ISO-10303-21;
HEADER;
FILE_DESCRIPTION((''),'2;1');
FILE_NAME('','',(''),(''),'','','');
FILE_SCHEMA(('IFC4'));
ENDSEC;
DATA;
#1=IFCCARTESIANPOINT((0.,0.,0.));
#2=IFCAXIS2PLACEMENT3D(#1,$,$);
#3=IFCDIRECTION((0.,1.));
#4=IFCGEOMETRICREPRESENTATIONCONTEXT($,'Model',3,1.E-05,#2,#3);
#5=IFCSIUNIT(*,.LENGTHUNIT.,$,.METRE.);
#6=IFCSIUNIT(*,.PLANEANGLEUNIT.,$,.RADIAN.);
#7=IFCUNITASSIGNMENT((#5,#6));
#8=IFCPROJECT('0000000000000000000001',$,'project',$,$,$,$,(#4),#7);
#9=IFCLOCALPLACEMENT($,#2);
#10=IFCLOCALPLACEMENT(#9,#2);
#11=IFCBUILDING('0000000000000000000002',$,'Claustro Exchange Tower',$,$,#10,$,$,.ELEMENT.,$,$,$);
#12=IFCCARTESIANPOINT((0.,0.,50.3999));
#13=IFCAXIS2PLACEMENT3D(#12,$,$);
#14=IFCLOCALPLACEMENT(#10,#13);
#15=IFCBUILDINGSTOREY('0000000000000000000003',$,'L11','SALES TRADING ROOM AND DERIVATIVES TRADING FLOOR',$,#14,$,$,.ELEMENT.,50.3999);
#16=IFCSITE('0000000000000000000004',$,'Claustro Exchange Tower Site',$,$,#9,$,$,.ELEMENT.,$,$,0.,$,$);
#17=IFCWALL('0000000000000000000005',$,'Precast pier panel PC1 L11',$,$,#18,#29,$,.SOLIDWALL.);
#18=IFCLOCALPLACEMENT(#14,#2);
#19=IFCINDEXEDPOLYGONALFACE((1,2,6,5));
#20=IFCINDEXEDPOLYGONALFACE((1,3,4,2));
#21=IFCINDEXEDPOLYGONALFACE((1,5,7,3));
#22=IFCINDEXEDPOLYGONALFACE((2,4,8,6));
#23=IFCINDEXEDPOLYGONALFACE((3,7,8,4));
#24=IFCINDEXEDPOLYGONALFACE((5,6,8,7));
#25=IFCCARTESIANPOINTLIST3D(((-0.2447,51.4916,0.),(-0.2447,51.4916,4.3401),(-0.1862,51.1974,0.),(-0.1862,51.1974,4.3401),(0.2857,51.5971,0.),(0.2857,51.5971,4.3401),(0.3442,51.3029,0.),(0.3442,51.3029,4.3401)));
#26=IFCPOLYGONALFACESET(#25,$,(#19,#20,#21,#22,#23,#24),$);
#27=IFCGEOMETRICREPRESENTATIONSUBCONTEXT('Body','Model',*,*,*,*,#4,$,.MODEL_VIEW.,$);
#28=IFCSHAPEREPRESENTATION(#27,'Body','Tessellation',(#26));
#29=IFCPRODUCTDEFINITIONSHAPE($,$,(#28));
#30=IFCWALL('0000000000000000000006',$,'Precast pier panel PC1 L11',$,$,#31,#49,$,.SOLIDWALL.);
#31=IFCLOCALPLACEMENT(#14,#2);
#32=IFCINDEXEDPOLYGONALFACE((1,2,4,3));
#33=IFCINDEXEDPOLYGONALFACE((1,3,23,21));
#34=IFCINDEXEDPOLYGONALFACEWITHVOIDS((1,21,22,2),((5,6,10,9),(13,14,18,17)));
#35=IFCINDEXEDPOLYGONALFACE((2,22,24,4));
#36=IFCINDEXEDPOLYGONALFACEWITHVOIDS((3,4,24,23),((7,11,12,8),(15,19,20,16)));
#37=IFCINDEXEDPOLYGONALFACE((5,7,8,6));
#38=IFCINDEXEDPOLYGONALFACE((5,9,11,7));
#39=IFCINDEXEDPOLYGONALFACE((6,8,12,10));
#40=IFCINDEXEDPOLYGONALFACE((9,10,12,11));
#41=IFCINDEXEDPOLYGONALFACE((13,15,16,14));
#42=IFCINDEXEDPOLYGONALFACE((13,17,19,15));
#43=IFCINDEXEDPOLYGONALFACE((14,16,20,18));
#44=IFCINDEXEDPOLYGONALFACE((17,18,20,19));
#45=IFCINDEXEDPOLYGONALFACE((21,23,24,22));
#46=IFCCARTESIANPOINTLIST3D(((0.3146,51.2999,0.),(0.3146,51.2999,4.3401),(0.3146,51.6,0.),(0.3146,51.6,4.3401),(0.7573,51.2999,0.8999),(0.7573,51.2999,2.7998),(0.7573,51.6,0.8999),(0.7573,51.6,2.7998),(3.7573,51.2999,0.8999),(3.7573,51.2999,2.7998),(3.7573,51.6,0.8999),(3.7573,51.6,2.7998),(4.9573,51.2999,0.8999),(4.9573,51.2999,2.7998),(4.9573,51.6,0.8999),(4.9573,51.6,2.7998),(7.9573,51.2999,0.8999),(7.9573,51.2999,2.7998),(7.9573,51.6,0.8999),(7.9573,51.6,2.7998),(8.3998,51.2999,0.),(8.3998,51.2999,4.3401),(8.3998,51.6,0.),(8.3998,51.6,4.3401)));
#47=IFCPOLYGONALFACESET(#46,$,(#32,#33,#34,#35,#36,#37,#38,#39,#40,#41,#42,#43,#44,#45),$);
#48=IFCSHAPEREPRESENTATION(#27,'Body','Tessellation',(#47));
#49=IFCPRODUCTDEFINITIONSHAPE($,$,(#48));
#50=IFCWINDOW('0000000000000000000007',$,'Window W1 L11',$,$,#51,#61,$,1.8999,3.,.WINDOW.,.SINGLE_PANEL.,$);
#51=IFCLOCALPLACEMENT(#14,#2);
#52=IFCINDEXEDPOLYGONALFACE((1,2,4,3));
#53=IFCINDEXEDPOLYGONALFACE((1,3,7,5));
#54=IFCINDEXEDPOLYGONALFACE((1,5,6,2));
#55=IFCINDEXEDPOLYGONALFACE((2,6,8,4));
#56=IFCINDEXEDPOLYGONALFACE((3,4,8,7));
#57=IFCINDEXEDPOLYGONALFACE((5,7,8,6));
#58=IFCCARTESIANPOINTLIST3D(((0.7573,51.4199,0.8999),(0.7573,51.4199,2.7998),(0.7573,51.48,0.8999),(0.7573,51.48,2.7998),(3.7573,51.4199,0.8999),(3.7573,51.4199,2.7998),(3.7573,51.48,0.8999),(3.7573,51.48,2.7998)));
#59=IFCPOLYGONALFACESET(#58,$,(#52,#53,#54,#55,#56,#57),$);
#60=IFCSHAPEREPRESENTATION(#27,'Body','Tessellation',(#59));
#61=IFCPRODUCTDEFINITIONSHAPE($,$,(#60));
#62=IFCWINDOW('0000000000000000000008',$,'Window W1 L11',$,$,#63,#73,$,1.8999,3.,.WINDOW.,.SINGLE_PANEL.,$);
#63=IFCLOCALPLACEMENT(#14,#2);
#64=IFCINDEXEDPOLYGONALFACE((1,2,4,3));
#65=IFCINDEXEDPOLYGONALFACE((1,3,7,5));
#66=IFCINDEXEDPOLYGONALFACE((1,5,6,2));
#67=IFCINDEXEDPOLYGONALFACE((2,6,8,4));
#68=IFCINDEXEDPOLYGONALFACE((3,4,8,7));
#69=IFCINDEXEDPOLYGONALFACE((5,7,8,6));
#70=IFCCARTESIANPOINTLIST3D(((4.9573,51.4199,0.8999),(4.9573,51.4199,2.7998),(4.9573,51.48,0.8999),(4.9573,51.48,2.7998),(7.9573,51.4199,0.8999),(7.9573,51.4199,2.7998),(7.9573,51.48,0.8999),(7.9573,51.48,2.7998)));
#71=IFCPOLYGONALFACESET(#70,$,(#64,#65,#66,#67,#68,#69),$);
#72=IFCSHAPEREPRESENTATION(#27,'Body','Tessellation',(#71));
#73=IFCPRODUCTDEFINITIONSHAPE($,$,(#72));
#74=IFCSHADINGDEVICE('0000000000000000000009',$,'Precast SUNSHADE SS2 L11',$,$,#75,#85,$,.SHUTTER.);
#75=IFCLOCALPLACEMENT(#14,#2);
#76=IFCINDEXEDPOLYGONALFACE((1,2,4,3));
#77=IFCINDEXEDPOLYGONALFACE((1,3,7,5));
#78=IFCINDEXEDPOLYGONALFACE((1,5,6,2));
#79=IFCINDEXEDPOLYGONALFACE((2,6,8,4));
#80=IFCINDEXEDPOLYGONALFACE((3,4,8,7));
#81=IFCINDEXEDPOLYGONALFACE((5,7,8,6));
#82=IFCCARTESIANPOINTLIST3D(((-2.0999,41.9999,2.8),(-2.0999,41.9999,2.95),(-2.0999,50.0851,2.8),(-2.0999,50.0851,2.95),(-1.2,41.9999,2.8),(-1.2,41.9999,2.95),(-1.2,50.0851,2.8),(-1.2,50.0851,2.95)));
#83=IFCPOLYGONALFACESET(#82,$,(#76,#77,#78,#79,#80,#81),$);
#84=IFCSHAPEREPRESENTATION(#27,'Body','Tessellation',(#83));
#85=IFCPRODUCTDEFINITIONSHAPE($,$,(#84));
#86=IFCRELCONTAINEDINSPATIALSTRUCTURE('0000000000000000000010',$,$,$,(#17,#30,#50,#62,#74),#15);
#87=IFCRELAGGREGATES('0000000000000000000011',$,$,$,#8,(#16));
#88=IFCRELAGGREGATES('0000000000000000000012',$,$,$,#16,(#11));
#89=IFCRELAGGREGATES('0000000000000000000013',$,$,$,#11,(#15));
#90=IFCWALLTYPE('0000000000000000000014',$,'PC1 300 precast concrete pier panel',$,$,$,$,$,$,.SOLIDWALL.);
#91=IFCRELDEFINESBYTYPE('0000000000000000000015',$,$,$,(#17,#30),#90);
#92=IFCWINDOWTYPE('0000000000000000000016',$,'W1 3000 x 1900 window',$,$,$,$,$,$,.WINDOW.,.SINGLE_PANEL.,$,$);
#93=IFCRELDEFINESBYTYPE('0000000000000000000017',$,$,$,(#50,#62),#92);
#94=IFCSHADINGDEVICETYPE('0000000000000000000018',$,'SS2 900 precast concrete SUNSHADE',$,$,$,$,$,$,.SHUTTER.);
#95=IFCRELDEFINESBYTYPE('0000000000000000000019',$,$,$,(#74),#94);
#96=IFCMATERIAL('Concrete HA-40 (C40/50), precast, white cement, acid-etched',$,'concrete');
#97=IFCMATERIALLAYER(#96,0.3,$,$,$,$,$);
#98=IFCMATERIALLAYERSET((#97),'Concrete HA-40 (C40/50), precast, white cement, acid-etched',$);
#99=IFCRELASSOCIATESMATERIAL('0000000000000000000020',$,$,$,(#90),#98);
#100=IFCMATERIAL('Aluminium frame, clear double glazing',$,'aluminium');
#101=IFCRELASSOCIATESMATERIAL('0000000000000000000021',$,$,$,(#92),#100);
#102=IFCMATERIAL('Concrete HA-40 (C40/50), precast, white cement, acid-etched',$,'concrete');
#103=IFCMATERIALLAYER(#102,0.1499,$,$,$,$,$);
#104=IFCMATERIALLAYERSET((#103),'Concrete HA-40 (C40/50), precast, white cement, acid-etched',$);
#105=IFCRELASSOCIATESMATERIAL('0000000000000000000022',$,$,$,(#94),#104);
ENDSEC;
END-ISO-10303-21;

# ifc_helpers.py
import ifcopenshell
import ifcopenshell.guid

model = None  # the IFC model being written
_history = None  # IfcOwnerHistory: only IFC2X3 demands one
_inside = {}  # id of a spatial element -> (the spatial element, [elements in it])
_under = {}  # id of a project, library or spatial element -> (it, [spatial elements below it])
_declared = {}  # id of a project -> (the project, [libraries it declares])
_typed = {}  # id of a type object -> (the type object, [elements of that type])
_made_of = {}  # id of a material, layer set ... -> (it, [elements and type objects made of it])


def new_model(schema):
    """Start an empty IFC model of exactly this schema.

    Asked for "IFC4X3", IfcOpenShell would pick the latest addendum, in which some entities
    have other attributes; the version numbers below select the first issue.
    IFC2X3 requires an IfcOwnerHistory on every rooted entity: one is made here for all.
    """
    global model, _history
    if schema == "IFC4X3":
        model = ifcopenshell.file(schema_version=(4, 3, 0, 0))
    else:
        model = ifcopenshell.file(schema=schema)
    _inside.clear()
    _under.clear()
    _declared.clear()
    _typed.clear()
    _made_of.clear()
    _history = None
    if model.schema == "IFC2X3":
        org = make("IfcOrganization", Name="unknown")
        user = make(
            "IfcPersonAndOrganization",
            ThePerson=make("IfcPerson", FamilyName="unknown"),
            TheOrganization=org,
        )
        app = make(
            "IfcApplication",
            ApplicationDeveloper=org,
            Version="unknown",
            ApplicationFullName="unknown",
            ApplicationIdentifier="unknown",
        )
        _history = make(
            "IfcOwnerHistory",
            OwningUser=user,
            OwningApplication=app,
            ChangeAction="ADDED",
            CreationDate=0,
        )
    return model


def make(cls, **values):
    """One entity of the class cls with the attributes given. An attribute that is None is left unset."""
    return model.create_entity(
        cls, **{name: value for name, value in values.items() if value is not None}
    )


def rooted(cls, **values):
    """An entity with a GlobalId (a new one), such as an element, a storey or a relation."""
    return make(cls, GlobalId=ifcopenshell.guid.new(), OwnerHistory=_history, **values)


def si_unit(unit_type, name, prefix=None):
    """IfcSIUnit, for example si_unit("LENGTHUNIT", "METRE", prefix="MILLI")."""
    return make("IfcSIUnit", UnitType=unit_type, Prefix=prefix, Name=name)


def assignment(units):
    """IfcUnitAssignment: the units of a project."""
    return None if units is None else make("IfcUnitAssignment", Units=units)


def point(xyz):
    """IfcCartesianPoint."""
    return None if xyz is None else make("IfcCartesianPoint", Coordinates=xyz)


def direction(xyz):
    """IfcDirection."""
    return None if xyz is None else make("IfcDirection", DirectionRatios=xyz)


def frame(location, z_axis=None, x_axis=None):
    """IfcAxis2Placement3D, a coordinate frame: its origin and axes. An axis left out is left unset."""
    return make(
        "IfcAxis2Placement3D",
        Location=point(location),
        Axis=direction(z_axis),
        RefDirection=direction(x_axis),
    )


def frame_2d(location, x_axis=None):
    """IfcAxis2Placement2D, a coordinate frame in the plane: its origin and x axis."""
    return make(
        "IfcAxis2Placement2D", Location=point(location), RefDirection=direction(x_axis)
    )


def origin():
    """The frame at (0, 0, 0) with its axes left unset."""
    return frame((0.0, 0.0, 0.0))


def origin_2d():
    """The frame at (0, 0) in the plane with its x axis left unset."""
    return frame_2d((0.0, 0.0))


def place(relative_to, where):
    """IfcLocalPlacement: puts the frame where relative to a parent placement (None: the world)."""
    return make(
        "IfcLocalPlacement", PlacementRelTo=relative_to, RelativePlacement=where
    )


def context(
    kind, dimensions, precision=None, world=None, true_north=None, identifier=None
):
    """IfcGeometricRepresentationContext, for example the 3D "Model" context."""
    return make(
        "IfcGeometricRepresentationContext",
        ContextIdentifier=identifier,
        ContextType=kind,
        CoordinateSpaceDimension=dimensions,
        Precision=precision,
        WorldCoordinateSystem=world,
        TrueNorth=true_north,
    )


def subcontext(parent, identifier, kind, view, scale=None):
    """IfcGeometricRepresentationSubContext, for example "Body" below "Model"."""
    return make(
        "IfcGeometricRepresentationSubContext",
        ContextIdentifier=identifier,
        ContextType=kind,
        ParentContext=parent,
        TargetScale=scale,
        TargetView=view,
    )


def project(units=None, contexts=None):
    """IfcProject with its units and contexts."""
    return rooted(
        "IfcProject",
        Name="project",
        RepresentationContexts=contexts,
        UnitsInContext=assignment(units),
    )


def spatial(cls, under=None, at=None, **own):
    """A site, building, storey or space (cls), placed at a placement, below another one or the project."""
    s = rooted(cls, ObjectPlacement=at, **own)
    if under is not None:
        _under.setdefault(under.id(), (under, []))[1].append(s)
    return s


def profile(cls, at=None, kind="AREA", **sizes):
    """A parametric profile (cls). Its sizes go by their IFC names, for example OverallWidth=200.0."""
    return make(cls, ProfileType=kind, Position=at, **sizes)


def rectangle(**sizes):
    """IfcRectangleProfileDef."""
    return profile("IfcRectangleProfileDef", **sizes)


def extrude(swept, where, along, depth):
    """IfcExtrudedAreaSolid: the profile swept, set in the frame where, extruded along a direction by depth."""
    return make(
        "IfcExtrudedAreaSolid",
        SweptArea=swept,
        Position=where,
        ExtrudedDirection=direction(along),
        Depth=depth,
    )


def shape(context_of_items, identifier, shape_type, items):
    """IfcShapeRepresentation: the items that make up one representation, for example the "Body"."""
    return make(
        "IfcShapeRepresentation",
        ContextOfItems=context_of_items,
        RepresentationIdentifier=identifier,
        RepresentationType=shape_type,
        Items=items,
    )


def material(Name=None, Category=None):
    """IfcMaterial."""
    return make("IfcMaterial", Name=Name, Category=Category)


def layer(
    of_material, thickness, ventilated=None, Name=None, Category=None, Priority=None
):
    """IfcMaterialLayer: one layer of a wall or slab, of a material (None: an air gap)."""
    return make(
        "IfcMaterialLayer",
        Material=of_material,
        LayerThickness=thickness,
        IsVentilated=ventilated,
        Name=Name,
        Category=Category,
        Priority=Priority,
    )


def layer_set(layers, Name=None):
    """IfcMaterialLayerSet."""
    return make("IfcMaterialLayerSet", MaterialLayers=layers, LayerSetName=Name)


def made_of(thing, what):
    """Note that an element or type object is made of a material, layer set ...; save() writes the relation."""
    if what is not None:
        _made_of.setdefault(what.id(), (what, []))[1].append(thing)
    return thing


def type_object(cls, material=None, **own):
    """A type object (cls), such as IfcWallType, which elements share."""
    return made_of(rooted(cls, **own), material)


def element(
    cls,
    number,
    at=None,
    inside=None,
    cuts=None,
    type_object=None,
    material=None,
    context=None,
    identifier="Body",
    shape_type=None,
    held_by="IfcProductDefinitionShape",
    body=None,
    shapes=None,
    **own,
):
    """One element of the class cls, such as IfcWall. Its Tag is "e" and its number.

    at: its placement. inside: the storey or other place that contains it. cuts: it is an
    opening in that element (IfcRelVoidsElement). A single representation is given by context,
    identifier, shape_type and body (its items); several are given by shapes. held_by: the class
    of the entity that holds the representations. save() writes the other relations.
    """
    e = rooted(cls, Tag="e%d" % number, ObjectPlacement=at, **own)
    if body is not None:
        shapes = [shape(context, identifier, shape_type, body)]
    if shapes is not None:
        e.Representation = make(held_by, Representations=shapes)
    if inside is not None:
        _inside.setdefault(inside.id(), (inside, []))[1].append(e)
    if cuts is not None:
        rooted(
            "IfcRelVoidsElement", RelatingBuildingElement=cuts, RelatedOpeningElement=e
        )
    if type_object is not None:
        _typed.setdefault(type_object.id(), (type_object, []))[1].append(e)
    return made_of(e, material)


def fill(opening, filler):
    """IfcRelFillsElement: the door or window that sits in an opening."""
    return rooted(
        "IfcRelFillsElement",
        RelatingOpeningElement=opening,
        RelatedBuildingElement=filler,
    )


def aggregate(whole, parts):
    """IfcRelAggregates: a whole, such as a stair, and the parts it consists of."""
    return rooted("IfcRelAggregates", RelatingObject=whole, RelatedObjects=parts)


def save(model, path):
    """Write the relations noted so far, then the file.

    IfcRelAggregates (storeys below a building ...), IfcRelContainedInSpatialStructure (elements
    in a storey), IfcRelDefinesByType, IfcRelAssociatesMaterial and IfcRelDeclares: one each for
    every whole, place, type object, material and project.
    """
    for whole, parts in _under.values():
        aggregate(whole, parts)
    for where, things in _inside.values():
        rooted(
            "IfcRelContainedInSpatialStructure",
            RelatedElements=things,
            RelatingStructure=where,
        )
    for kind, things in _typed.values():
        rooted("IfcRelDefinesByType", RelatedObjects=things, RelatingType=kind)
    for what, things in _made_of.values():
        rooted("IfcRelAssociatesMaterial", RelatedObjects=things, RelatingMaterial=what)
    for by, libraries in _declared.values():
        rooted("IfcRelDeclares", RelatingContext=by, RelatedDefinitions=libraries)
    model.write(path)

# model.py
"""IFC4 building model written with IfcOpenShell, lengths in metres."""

from ifc_helpers import new_model, si_unit, direction, frame, frame_2d, origin, origin_2d, place, context, subcontext, project, spatial, rectangle, extrude, material, layer, layer_set, type_object, element, fill, save


model = new_model("IFC4")

# Units and contexts
model_context = context("Model", 3, precision=1e-05, world=origin(), true_north=direction((0.0, 1.0)))
body_context = subcontext(model_context, "Body", "Model", "MODEL_VIEW")
ifc_project = project(units=[si_unit("LENGTHUNIT", "METRE"), si_unit("PLANEANGLEUNIT", "RADIAN")], contexts=[model_context])

# Site, building, storey
site_placement = place(None, origin())
site = spatial("IfcSite", under=ifc_project, at=site_placement, Name="Claustro Exchange Tower Site", CompositionType="ELEMENT", RefElevation=0.0)
building_placement = place(site_placement, origin())
building = spatial("IfcBuilding", under=site, at=building_placement, Name="Claustro Exchange Tower", CompositionType="ELEMENT")
storey_placement = place(building_placement, frame((0.0, 0.0, 50.3999)))
storey = spatial("IfcBuildingStorey", under=building, at=storey_placement, Name="L11", Description="SALES TRADING ROOM AND DERIVATIVES TRADING FLOOR", CompositionType="ELEMENT", Elevation=50.3999)

# Wall
ifc_material_1 = material(Name="Concrete HA-40 (C40/50), precast, white cement, acid-etched", Category="concrete")
ifc_layer_1 = layer(ifc_material_1, 0.3)
ifc_layer_set_1 = layer_set([ifc_layer_1], Name="Concrete HA-40 (C40/50), precast, white cement, acid-etched")
wall_type_1 = type_object("IfcWallType", Name="PC1 300 precast concrete pier panel", PredefinedType="SOLIDWALL", material=ifc_layer_set_1)
wall_1_placement = place(storey_placement, frame((-0.2156, 51.3445, 0.0), z_axis=(0.0, 0.0, 1.0), x_axis=(0.980789, 0.195074, 0.0)))
element("IfcWall", 1, at=wall_1_placement, inside=storey, type_object=wall_type_1, Name="Precast pier panel PC1 L11", PredefinedType="SOLIDWALL", context=body_context, shape_type="SweptSolid", body=[
    extrude(rectangle(XDim=0.5408, YDim=0.3, at=frame_2d((0.2705, 0.0))), origin(), (0.0, 0.0, 1.0), 4.3401),
])

# Wall, openings, windows
wall_2_placement = place(storey_placement, frame((0.3147, 51.45, 0.0), z_axis=(0.0, 0.0, 1.0), x_axis=(1.0, 0.0, 0.0)))
wall_2 = element("IfcWall", 2, at=wall_2_placement, inside=storey, type_object=wall_type_1, Name="Precast pier panel PC1 L11", PredefinedType="SOLIDWALL", context=body_context, shape_type="SweptSolid", body=[
    extrude(rectangle(XDim=8.0852, YDim=0.3, at=frame_2d((4.0425, 0.0))), origin(), (0.0, 0.0, 1.0), 4.3401),
])
opening_1_placement = place(wall_2_placement, frame((0.4426, 0.0, 0.8999)))
opening_1 = element("IfcOpeningElement", 3, at=opening_1_placement, cuts=wall_2, PredefinedType="OPENING", context=body_context, shape_type="SweptSolid", body=[
    extrude(rectangle(XDim=3.0, YDim=1.8999, at=frame_2d((1.5, 0.95))), frame((0.0, 0.1599, 0.0), z_axis=(0.0, -1.0, 0.0), x_axis=(1.0, 0.0, 0.0)), (0.0, 0.0, 1.0), 0.3201),
])
opening_2_placement = place(wall_2_placement, frame((4.6426, 0.0, 0.8999)))
opening_2 = element("IfcOpeningElement", 4, at=opening_2_placement, cuts=wall_2, PredefinedType="OPENING", context=body_context, shape_type="SweptSolid", body=[
    extrude(rectangle(XDim=3.0, YDim=1.8999, at=frame_2d((1.5, 0.95))), frame((0.0, 0.1599, 0.0), z_axis=(0.0, -1.0, 0.0), x_axis=(1.0, 0.0, 0.0)), (0.0, 0.0, 1.0), 0.3201),
])
ifc_material_2 = material(Name="Aluminium frame, clear double glazing", Category="aluminium")
window_type = type_object("IfcWindowType", Name="W1 3000 x 1900 window", PartitioningType="SINGLE_PANEL", PredefinedType="WINDOW", material=ifc_material_2)
window_1_placement = place(opening_1_placement, origin())
window_1 = element("IfcWindow", 5, at=window_1_placement, inside=storey, type_object=window_type, Name="Window W1 L11", OverallHeight=1.8999, OverallWidth=3.0, PartitioningType="SINGLE_PANEL", PredefinedType="WINDOW", context=body_context, shape_type="SweptSolid", body=[
    extrude(rectangle(XDim=3.0, YDim=1.8999, at=frame_2d((1.5, 0.95))), frame((0.0, 0.03, 0.0), z_axis=(0.0, -1.0, 0.0), x_axis=(1.0, 0.0, 0.0)), (0.0, 0.0, 1.0), 0.0601),
])
fill(opening_1, window_1)
window_2_placement = place(opening_2_placement, origin())
window_2 = element("IfcWindow", 6, at=window_2_placement, inside=storey, type_object=window_type, Name="Window W1 L11", OverallHeight=1.8999, OverallWidth=3.0, PartitioningType="SINGLE_PANEL", PredefinedType="WINDOW", context=body_context, shape_type="SweptSolid", body=[
    extrude(rectangle(XDim=3.0, YDim=1.8999, at=frame_2d((1.5, 0.95))), frame((0.0, 0.03, 0.0), z_axis=(0.0, -1.0, 0.0), x_axis=(1.0, 0.0, 0.0)), (0.0, 0.0, 1.0), 0.0601),
])
fill(opening_2, window_2)

# Shading device
ifc_material_3 = material(Name="Concrete HA-40 (C40/50), precast, white cement, acid-etched", Category="concrete")
ifc_layer_2 = layer(ifc_material_3, 0.1499)
ifc_layer_set_2 = layer_set([ifc_layer_2], Name="Concrete HA-40 (C40/50), precast, white cement, acid-etched")
shading_device_type = type_object("IfcShadingDeviceType", Name="SS2 900 precast concrete SUNSHADE", PredefinedType="SHUTTER", material=ifc_layer_set_2)
shading_device_placement = place(storey_placement, frame((-1.6499, 46.0425, 2.8), z_axis=(0.0, 0.0, 1.0), x_axis=(0.0, 1.0, 0.0)))
element("IfcShadingDevice", 7, at=shading_device_placement, inside=storey, type_object=shading_device_type, Name="Precast SUNSHADE SS2 L11", PredefinedType="SHUTTER", context=body_context, shape_type="SweptSolid", body=[
    extrude(rectangle(XDim=8.0852, YDim=0.8999, at=origin_2d()), origin(), (0.0, 0.0, 1.0), 0.1499),
])

save(model, "model.ifc")
